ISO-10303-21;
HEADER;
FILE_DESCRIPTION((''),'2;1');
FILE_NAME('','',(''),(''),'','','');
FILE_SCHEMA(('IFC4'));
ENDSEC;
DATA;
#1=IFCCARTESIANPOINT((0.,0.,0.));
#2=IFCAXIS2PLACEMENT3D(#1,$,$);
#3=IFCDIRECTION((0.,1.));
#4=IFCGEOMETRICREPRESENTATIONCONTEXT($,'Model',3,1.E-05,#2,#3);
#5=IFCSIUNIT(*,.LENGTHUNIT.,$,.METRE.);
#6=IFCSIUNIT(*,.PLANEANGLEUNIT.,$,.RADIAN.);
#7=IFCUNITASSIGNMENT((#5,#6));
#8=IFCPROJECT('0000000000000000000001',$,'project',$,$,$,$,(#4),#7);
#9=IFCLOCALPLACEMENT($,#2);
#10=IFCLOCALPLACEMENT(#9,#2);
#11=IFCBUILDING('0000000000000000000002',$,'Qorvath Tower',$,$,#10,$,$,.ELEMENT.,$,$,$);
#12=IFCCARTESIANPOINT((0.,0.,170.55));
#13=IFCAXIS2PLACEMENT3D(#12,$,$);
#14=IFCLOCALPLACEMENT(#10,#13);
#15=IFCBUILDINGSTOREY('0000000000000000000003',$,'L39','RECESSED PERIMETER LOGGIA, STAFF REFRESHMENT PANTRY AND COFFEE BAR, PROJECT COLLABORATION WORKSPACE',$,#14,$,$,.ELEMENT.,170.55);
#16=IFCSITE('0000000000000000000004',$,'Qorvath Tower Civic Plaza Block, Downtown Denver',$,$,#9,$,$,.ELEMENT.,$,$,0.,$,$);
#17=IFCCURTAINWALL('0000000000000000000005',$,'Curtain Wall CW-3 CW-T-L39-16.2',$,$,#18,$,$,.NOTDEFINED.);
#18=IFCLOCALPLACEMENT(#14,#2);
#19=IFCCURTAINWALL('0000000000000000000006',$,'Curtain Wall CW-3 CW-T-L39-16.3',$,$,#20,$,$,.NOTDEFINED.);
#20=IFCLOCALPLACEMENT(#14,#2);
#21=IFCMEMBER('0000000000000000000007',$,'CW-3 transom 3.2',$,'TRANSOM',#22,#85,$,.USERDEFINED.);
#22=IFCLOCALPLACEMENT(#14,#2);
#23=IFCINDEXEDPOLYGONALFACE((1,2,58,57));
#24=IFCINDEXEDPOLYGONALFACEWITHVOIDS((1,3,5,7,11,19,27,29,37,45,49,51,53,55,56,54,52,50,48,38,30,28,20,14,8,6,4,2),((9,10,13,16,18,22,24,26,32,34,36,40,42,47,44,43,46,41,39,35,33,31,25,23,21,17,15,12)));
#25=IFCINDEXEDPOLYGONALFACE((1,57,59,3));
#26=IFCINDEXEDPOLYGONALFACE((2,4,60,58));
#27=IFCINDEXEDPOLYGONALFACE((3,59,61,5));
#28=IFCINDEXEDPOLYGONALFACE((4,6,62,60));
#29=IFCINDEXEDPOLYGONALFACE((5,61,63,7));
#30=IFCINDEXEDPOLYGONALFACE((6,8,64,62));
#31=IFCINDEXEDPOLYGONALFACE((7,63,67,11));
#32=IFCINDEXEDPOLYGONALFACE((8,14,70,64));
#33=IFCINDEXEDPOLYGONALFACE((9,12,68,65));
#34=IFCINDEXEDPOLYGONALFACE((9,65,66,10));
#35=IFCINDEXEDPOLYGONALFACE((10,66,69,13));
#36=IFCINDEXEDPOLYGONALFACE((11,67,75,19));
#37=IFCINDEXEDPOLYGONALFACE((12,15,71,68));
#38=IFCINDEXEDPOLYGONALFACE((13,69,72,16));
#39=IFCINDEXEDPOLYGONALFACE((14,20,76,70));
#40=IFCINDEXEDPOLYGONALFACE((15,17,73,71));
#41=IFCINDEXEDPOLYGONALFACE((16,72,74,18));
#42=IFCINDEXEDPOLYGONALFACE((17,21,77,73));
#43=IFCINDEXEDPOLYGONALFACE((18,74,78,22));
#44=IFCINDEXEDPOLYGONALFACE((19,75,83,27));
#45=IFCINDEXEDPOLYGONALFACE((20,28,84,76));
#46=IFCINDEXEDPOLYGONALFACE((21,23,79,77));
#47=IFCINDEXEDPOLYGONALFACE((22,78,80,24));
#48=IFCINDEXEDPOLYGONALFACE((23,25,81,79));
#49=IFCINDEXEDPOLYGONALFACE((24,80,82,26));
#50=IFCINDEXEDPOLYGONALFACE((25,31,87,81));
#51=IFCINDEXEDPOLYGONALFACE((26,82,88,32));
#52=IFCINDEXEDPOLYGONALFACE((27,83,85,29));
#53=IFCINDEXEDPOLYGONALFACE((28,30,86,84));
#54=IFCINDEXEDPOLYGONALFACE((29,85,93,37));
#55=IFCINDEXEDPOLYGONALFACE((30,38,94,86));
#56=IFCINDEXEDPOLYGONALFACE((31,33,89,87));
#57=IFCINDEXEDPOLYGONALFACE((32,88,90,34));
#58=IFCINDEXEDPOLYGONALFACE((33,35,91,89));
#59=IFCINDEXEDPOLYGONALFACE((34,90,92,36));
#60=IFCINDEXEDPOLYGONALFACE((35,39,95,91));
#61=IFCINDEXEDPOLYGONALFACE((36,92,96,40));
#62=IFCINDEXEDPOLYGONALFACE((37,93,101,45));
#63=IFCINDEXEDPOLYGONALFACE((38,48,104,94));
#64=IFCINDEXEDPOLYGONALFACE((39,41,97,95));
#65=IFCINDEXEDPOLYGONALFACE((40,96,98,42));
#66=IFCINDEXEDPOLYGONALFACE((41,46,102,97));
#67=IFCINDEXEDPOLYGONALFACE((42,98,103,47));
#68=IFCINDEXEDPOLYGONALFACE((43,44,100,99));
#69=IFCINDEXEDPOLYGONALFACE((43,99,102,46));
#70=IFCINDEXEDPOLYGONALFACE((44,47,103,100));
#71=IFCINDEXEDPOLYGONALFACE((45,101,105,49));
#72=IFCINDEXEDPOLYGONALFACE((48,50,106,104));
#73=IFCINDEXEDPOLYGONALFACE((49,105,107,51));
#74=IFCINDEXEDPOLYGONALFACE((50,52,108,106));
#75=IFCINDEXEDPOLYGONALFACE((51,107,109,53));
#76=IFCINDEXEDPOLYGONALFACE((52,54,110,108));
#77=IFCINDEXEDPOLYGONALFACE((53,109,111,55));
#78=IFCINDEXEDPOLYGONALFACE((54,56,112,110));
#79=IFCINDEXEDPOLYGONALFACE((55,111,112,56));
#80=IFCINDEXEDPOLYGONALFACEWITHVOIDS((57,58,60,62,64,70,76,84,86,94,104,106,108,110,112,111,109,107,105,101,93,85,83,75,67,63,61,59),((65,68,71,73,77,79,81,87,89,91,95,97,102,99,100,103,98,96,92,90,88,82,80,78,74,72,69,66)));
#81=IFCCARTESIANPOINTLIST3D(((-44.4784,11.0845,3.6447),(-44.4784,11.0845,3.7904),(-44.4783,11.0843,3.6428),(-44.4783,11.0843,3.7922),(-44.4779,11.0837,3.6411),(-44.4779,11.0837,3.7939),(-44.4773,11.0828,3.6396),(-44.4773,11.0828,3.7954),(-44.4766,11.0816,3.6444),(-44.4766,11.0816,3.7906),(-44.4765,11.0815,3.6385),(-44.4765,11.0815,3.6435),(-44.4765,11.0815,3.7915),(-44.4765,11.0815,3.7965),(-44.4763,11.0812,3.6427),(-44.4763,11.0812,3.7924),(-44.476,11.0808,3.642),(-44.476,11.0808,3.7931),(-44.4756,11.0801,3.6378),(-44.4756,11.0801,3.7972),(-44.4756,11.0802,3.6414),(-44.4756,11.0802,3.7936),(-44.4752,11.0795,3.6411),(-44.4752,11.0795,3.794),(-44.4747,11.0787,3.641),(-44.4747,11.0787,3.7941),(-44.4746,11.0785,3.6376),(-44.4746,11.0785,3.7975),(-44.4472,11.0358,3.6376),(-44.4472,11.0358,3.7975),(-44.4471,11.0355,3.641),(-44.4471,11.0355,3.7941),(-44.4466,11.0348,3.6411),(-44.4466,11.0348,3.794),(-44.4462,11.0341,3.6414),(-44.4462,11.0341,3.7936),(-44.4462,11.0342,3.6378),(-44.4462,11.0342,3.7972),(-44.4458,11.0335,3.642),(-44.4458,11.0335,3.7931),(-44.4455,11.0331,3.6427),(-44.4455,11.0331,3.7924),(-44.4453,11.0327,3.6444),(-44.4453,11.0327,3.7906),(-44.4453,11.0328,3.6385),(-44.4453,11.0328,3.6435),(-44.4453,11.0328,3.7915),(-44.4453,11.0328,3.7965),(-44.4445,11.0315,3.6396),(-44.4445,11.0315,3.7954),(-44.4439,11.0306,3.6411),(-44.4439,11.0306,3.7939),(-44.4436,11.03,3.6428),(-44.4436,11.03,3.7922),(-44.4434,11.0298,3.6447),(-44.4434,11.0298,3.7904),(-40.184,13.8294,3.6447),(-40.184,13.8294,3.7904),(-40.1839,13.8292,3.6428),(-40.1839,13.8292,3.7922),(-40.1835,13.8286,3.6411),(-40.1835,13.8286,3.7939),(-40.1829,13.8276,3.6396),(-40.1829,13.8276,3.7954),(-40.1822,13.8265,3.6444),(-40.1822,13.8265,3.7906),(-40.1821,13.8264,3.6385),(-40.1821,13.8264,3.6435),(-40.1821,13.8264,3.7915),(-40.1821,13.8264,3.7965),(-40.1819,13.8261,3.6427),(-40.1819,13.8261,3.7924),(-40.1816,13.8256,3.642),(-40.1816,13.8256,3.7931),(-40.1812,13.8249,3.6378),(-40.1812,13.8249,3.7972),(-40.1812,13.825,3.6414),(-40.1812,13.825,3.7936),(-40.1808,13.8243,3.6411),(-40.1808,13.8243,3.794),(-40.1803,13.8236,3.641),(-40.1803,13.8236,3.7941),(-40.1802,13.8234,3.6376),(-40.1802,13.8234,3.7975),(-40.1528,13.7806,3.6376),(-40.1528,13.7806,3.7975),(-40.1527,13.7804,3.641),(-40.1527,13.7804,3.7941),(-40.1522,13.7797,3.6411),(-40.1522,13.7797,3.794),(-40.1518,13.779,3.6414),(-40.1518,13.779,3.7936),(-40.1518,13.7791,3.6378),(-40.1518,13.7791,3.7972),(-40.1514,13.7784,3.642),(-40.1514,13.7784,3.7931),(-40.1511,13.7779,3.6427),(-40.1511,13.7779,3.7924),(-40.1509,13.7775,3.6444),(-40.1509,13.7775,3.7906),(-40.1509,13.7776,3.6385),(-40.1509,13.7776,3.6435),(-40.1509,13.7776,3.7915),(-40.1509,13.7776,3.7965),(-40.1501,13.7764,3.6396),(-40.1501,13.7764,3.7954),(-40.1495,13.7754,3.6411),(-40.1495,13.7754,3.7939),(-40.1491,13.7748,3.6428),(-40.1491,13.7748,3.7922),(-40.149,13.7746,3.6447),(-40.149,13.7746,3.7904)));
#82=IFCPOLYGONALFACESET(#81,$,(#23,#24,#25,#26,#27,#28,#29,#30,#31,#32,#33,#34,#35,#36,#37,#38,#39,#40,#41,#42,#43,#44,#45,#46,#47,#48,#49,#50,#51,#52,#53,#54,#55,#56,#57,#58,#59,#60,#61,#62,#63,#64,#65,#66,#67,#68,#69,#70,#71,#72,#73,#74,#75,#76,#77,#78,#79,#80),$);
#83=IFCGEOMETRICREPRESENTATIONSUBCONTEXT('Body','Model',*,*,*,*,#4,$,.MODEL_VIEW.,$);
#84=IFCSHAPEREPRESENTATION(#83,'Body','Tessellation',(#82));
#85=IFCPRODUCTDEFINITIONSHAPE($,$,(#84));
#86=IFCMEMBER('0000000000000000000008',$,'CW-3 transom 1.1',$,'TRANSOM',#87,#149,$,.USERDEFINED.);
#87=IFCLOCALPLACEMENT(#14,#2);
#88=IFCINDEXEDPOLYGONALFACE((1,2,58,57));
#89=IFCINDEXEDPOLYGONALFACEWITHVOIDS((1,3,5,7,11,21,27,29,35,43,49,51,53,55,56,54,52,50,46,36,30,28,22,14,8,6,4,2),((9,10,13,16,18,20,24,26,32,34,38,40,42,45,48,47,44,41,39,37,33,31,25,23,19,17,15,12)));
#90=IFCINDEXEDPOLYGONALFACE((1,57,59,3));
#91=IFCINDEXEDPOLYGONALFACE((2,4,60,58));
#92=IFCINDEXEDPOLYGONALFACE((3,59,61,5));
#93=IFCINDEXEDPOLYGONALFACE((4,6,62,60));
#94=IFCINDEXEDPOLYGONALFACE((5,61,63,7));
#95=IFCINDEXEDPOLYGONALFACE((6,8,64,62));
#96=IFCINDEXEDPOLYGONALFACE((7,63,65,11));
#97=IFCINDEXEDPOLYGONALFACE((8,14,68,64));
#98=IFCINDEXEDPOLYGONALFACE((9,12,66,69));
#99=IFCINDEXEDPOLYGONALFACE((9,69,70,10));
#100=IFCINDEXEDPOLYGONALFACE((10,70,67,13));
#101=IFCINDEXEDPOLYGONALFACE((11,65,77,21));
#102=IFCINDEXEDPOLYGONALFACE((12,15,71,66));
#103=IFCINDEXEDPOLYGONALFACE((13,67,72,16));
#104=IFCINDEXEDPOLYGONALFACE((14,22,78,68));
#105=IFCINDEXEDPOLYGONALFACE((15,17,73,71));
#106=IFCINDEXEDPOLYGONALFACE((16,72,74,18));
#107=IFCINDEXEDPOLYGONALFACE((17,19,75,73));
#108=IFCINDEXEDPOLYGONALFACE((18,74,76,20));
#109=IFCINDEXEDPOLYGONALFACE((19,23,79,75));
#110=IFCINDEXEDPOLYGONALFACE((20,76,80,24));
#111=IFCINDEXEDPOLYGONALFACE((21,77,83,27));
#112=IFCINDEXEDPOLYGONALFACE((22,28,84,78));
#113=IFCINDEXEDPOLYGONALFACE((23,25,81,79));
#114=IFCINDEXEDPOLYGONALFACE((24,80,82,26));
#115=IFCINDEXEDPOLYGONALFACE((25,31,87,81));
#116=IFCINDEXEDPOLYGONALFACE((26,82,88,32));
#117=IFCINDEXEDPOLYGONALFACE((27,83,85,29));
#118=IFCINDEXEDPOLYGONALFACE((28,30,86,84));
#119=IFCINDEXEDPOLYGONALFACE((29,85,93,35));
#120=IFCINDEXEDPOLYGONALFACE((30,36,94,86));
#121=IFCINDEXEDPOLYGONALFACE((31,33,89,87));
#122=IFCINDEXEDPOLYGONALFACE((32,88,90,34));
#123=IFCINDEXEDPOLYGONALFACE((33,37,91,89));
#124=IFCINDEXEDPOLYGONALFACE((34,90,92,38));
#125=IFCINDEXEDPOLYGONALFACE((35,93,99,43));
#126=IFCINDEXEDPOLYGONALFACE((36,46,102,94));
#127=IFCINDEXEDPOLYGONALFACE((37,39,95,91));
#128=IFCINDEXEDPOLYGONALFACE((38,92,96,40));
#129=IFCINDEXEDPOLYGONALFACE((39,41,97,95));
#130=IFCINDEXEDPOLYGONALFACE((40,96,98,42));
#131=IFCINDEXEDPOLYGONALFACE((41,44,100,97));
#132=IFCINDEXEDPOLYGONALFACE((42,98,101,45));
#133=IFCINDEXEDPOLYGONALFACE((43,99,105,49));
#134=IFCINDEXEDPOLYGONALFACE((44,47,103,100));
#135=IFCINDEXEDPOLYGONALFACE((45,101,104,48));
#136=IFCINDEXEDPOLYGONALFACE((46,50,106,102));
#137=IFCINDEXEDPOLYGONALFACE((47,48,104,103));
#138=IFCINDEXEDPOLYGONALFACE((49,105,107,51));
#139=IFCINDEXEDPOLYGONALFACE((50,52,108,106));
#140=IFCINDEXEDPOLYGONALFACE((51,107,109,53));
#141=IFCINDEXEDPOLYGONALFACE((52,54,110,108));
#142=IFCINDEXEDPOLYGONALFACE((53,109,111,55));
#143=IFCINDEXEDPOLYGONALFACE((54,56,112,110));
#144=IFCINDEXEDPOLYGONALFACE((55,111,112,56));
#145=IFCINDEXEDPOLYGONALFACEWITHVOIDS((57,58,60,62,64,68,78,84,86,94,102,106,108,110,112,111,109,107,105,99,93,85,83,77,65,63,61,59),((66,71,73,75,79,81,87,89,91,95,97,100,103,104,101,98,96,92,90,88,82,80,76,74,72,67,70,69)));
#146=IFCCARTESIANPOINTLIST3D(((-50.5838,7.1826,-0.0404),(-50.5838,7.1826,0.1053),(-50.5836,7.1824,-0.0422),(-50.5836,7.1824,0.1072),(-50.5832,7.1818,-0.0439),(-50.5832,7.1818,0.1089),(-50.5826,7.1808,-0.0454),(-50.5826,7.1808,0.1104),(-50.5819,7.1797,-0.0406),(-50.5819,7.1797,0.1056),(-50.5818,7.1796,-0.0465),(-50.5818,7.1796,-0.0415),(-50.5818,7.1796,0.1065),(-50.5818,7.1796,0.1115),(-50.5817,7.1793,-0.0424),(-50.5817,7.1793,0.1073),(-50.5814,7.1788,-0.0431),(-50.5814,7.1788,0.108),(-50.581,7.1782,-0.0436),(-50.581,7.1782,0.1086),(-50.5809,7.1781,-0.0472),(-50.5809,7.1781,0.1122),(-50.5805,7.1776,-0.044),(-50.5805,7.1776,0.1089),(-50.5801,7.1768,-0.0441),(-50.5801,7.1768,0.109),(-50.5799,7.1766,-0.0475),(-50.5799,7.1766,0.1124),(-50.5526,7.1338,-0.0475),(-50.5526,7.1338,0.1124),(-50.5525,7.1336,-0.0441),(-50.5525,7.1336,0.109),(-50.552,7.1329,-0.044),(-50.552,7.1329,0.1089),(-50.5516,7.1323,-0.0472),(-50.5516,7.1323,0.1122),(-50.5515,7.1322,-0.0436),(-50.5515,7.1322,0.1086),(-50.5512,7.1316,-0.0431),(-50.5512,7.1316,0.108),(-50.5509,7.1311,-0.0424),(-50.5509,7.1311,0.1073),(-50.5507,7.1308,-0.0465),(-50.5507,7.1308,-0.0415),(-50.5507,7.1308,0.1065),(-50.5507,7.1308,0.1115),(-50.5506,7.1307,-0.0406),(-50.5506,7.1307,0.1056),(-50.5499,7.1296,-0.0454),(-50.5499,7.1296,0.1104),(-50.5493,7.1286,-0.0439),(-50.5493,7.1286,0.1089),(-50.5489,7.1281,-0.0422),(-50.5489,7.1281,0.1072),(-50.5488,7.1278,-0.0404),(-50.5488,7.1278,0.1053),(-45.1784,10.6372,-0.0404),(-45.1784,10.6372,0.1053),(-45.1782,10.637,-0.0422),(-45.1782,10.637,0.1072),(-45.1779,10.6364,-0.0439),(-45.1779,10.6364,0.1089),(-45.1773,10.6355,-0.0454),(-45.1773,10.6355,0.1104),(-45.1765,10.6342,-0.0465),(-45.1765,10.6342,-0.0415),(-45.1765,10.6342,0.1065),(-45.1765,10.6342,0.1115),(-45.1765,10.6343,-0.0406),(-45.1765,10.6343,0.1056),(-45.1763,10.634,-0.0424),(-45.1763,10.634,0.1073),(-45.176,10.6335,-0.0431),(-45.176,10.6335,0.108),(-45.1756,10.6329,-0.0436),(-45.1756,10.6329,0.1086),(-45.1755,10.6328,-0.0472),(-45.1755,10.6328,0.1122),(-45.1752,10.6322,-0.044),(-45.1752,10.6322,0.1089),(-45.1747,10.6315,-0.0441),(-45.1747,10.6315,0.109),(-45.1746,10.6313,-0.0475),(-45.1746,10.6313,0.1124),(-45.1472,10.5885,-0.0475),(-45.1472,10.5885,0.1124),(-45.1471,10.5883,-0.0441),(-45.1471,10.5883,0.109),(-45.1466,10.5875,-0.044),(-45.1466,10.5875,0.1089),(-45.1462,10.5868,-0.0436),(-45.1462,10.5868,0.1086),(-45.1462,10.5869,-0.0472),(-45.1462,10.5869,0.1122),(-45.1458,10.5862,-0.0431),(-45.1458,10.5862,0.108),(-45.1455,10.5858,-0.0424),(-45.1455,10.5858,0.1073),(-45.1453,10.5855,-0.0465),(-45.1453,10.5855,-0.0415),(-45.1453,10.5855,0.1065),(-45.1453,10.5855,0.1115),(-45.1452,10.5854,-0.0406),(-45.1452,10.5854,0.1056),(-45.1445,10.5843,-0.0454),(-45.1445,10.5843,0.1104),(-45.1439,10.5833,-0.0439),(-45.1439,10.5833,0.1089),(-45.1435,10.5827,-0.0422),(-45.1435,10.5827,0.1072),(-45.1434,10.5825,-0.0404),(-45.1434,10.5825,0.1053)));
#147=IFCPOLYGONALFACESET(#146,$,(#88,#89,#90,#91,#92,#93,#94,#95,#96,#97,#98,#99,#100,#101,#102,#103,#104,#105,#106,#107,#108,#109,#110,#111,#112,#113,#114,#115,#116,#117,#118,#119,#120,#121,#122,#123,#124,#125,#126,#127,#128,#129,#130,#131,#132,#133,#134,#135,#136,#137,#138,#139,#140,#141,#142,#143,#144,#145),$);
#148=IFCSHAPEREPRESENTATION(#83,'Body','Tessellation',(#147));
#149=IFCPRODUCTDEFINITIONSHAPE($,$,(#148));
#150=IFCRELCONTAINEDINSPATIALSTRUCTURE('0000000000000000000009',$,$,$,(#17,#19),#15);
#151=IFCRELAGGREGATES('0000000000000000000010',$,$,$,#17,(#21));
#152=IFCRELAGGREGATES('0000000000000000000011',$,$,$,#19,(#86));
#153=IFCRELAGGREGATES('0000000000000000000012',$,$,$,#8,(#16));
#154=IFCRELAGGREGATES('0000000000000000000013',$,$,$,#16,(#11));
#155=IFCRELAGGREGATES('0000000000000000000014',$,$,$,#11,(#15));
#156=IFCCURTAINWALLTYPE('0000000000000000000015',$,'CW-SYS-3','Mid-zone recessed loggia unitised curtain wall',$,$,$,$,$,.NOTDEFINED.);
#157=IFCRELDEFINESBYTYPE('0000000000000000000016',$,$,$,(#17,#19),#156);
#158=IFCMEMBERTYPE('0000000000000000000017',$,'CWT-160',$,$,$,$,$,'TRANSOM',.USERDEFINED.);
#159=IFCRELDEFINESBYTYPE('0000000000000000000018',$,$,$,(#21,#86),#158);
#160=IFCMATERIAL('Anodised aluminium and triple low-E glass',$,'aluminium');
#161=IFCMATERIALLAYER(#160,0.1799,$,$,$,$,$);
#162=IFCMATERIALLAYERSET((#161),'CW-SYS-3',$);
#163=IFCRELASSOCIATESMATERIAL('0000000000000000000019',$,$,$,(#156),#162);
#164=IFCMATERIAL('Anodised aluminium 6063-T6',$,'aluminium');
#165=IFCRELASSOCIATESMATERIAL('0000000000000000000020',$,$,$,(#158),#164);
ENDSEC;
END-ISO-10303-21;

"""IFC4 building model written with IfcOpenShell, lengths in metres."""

from ifc_helpers import new_model, si_unit, direction, frame, origin, origin_2d, place, context, subcontext, project, spatial, hollow_rectangle, extrude, material, layer, layer_set, material_profile, profile_set, type_object, element, aggregate, save


model = new_model("IFC4")

# Units and contexts
model_context = context("Model", 3, precision=1e-05, world=origin(), true_north=direction((0.0, 1.0)))
body_context = subcontext(model_context, "Body", "Model", "MODEL_VIEW")
ifc_project = project(units=[si_unit("LENGTHUNIT", "METRE"), si_unit("PLANEANGLEUNIT", "RADIAN")], contexts=[model_context])

# Site, building, storey
site_placement = place(None, origin())
site = spatial("IfcSite", under=ifc_project, at=site_placement, Name="Qorvath Tower Civic Plaza Block, Downtown Denver", CompositionType="ELEMENT", RefElevation=0.0)
building_placement = place(site_placement, origin())
building = spatial("IfcBuilding", under=site, at=building_placement, Name="Qorvath Tower", CompositionType="ELEMENT")
storey_placement = place(building_placement, frame((0.0, 0.0, 170.55)))
storey = spatial("IfcBuildingStorey", under=building, at=storey_placement, Name="L39", Description="RECESSED PERIMETER LOGGIA, STAFF REFRESHMENT PANTRY AND COFFEE BAR, PROJECT COLLABORATION WORKSPACE", CompositionType="ELEMENT", Elevation=170.55)

# Curtain walls
ifc_material_1 = material(Name="Anodised aluminium and triple low-E glass", Category="aluminium")
ifc_layer_1 = layer(ifc_material_1, 0.1799)
ifc_layer_set_1 = layer_set([ifc_layer_1], Name="CW-SYS-3")
curtain_wall_type = type_object("IfcCurtainWallType", Name="CW-SYS-3", Description="Mid-zone recessed loggia unitised curtain wall", PredefinedType="NOTDEFINED", material=ifc_layer_set_1)
curtain_wall_1_placement = place(storey_placement, origin())
curtain_wall_1 = element("IfcCurtainWall", 1, at=curtain_wall_1_placement, inside=storey, type_object=curtain_wall_type, Name="Curtain Wall CW-3 CW-T-L39-16.2", PredefinedType="NOTDEFINED")
curtain_wall_2_placement = place(storey_placement, origin())
curtain_wall_2 = element("IfcCurtainWall", 2, at=curtain_wall_2_placement, inside=storey, type_object=curtain_wall_type, Name="Curtain Wall CW-3 CW-T-L39-16.3", PredefinedType="NOTDEFINED")

# Members
ifc_material_2 = material(Name="Anodised aluminium 6063-T6", Category="aluminium")
ifc_material_profile_1 = material_profile(ifc_material_2, hollow_rectangle(XDim=0.0649, YDim=0.1599, WallThickness=0.0034, InnerFilletRadius=0.0034, OuterFilletRadius=0.0071, at=origin_2d()), Name="CWT 160x65")
ifc_profile_set_1 = profile_set([ifc_material_profile_1], Name="Anodised aluminium 6063-T6")
member_type_1 = type_object("IfcMemberType", Name="CWT-160", ElementType="TRANSOM", PredefinedType="USERDEFINED", material=ifc_profile_set_1)
member_1_placement = place(storey_placement, frame((-40.1665, 13.802, 3.7175), z_axis=(-0.842589, -0.538557, 0.0), x_axis=(0.538557, -0.842589, 0.0)))
member_1 = element("IfcMember", 3, at=member_1_placement, type_object=member_type_1, Name="CW-3 transom 3.2", ObjectType="TRANSOM", PredefinedType="USERDEFINED", context=body_context, shape_type="SweptSolid", body=[
    extrude(hollow_rectangle(XDim=0.0649, YDim=0.1599, WallThickness=0.0034, InnerFilletRadius=0.0034, OuterFilletRadius=0.0071, at=origin_2d()), origin(), (0.0, 0.0, 1.0), 5.0967),
])
member_2_placement = place(storey_placement, frame((-45.1609, 10.6099, 0.0325), z_axis=(-0.84261, -0.538524, 0.0), x_axis=(0.538524, -0.84261, 0.0)))
member_2 = element("IfcMember", 4, at=member_2_placement, type_object=member_type_1, Name="CW-3 transom 1.1", ObjectType="TRANSOM", PredefinedType="USERDEFINED", context=body_context, shape_type="SweptSolid", body=[
    extrude(hollow_rectangle(XDim=0.0649, YDim=0.1599, WallThickness=0.0034, InnerFilletRadius=0.0034, OuterFilletRadius=0.0071, at=origin_2d()), origin(), (0.0, 0.0, 1.0), 6.415),
])

aggregate(curtain_wall_1, [member_1])
aggregate(curtain_wall_2, [member_2])

save(model, "model.ifc")
